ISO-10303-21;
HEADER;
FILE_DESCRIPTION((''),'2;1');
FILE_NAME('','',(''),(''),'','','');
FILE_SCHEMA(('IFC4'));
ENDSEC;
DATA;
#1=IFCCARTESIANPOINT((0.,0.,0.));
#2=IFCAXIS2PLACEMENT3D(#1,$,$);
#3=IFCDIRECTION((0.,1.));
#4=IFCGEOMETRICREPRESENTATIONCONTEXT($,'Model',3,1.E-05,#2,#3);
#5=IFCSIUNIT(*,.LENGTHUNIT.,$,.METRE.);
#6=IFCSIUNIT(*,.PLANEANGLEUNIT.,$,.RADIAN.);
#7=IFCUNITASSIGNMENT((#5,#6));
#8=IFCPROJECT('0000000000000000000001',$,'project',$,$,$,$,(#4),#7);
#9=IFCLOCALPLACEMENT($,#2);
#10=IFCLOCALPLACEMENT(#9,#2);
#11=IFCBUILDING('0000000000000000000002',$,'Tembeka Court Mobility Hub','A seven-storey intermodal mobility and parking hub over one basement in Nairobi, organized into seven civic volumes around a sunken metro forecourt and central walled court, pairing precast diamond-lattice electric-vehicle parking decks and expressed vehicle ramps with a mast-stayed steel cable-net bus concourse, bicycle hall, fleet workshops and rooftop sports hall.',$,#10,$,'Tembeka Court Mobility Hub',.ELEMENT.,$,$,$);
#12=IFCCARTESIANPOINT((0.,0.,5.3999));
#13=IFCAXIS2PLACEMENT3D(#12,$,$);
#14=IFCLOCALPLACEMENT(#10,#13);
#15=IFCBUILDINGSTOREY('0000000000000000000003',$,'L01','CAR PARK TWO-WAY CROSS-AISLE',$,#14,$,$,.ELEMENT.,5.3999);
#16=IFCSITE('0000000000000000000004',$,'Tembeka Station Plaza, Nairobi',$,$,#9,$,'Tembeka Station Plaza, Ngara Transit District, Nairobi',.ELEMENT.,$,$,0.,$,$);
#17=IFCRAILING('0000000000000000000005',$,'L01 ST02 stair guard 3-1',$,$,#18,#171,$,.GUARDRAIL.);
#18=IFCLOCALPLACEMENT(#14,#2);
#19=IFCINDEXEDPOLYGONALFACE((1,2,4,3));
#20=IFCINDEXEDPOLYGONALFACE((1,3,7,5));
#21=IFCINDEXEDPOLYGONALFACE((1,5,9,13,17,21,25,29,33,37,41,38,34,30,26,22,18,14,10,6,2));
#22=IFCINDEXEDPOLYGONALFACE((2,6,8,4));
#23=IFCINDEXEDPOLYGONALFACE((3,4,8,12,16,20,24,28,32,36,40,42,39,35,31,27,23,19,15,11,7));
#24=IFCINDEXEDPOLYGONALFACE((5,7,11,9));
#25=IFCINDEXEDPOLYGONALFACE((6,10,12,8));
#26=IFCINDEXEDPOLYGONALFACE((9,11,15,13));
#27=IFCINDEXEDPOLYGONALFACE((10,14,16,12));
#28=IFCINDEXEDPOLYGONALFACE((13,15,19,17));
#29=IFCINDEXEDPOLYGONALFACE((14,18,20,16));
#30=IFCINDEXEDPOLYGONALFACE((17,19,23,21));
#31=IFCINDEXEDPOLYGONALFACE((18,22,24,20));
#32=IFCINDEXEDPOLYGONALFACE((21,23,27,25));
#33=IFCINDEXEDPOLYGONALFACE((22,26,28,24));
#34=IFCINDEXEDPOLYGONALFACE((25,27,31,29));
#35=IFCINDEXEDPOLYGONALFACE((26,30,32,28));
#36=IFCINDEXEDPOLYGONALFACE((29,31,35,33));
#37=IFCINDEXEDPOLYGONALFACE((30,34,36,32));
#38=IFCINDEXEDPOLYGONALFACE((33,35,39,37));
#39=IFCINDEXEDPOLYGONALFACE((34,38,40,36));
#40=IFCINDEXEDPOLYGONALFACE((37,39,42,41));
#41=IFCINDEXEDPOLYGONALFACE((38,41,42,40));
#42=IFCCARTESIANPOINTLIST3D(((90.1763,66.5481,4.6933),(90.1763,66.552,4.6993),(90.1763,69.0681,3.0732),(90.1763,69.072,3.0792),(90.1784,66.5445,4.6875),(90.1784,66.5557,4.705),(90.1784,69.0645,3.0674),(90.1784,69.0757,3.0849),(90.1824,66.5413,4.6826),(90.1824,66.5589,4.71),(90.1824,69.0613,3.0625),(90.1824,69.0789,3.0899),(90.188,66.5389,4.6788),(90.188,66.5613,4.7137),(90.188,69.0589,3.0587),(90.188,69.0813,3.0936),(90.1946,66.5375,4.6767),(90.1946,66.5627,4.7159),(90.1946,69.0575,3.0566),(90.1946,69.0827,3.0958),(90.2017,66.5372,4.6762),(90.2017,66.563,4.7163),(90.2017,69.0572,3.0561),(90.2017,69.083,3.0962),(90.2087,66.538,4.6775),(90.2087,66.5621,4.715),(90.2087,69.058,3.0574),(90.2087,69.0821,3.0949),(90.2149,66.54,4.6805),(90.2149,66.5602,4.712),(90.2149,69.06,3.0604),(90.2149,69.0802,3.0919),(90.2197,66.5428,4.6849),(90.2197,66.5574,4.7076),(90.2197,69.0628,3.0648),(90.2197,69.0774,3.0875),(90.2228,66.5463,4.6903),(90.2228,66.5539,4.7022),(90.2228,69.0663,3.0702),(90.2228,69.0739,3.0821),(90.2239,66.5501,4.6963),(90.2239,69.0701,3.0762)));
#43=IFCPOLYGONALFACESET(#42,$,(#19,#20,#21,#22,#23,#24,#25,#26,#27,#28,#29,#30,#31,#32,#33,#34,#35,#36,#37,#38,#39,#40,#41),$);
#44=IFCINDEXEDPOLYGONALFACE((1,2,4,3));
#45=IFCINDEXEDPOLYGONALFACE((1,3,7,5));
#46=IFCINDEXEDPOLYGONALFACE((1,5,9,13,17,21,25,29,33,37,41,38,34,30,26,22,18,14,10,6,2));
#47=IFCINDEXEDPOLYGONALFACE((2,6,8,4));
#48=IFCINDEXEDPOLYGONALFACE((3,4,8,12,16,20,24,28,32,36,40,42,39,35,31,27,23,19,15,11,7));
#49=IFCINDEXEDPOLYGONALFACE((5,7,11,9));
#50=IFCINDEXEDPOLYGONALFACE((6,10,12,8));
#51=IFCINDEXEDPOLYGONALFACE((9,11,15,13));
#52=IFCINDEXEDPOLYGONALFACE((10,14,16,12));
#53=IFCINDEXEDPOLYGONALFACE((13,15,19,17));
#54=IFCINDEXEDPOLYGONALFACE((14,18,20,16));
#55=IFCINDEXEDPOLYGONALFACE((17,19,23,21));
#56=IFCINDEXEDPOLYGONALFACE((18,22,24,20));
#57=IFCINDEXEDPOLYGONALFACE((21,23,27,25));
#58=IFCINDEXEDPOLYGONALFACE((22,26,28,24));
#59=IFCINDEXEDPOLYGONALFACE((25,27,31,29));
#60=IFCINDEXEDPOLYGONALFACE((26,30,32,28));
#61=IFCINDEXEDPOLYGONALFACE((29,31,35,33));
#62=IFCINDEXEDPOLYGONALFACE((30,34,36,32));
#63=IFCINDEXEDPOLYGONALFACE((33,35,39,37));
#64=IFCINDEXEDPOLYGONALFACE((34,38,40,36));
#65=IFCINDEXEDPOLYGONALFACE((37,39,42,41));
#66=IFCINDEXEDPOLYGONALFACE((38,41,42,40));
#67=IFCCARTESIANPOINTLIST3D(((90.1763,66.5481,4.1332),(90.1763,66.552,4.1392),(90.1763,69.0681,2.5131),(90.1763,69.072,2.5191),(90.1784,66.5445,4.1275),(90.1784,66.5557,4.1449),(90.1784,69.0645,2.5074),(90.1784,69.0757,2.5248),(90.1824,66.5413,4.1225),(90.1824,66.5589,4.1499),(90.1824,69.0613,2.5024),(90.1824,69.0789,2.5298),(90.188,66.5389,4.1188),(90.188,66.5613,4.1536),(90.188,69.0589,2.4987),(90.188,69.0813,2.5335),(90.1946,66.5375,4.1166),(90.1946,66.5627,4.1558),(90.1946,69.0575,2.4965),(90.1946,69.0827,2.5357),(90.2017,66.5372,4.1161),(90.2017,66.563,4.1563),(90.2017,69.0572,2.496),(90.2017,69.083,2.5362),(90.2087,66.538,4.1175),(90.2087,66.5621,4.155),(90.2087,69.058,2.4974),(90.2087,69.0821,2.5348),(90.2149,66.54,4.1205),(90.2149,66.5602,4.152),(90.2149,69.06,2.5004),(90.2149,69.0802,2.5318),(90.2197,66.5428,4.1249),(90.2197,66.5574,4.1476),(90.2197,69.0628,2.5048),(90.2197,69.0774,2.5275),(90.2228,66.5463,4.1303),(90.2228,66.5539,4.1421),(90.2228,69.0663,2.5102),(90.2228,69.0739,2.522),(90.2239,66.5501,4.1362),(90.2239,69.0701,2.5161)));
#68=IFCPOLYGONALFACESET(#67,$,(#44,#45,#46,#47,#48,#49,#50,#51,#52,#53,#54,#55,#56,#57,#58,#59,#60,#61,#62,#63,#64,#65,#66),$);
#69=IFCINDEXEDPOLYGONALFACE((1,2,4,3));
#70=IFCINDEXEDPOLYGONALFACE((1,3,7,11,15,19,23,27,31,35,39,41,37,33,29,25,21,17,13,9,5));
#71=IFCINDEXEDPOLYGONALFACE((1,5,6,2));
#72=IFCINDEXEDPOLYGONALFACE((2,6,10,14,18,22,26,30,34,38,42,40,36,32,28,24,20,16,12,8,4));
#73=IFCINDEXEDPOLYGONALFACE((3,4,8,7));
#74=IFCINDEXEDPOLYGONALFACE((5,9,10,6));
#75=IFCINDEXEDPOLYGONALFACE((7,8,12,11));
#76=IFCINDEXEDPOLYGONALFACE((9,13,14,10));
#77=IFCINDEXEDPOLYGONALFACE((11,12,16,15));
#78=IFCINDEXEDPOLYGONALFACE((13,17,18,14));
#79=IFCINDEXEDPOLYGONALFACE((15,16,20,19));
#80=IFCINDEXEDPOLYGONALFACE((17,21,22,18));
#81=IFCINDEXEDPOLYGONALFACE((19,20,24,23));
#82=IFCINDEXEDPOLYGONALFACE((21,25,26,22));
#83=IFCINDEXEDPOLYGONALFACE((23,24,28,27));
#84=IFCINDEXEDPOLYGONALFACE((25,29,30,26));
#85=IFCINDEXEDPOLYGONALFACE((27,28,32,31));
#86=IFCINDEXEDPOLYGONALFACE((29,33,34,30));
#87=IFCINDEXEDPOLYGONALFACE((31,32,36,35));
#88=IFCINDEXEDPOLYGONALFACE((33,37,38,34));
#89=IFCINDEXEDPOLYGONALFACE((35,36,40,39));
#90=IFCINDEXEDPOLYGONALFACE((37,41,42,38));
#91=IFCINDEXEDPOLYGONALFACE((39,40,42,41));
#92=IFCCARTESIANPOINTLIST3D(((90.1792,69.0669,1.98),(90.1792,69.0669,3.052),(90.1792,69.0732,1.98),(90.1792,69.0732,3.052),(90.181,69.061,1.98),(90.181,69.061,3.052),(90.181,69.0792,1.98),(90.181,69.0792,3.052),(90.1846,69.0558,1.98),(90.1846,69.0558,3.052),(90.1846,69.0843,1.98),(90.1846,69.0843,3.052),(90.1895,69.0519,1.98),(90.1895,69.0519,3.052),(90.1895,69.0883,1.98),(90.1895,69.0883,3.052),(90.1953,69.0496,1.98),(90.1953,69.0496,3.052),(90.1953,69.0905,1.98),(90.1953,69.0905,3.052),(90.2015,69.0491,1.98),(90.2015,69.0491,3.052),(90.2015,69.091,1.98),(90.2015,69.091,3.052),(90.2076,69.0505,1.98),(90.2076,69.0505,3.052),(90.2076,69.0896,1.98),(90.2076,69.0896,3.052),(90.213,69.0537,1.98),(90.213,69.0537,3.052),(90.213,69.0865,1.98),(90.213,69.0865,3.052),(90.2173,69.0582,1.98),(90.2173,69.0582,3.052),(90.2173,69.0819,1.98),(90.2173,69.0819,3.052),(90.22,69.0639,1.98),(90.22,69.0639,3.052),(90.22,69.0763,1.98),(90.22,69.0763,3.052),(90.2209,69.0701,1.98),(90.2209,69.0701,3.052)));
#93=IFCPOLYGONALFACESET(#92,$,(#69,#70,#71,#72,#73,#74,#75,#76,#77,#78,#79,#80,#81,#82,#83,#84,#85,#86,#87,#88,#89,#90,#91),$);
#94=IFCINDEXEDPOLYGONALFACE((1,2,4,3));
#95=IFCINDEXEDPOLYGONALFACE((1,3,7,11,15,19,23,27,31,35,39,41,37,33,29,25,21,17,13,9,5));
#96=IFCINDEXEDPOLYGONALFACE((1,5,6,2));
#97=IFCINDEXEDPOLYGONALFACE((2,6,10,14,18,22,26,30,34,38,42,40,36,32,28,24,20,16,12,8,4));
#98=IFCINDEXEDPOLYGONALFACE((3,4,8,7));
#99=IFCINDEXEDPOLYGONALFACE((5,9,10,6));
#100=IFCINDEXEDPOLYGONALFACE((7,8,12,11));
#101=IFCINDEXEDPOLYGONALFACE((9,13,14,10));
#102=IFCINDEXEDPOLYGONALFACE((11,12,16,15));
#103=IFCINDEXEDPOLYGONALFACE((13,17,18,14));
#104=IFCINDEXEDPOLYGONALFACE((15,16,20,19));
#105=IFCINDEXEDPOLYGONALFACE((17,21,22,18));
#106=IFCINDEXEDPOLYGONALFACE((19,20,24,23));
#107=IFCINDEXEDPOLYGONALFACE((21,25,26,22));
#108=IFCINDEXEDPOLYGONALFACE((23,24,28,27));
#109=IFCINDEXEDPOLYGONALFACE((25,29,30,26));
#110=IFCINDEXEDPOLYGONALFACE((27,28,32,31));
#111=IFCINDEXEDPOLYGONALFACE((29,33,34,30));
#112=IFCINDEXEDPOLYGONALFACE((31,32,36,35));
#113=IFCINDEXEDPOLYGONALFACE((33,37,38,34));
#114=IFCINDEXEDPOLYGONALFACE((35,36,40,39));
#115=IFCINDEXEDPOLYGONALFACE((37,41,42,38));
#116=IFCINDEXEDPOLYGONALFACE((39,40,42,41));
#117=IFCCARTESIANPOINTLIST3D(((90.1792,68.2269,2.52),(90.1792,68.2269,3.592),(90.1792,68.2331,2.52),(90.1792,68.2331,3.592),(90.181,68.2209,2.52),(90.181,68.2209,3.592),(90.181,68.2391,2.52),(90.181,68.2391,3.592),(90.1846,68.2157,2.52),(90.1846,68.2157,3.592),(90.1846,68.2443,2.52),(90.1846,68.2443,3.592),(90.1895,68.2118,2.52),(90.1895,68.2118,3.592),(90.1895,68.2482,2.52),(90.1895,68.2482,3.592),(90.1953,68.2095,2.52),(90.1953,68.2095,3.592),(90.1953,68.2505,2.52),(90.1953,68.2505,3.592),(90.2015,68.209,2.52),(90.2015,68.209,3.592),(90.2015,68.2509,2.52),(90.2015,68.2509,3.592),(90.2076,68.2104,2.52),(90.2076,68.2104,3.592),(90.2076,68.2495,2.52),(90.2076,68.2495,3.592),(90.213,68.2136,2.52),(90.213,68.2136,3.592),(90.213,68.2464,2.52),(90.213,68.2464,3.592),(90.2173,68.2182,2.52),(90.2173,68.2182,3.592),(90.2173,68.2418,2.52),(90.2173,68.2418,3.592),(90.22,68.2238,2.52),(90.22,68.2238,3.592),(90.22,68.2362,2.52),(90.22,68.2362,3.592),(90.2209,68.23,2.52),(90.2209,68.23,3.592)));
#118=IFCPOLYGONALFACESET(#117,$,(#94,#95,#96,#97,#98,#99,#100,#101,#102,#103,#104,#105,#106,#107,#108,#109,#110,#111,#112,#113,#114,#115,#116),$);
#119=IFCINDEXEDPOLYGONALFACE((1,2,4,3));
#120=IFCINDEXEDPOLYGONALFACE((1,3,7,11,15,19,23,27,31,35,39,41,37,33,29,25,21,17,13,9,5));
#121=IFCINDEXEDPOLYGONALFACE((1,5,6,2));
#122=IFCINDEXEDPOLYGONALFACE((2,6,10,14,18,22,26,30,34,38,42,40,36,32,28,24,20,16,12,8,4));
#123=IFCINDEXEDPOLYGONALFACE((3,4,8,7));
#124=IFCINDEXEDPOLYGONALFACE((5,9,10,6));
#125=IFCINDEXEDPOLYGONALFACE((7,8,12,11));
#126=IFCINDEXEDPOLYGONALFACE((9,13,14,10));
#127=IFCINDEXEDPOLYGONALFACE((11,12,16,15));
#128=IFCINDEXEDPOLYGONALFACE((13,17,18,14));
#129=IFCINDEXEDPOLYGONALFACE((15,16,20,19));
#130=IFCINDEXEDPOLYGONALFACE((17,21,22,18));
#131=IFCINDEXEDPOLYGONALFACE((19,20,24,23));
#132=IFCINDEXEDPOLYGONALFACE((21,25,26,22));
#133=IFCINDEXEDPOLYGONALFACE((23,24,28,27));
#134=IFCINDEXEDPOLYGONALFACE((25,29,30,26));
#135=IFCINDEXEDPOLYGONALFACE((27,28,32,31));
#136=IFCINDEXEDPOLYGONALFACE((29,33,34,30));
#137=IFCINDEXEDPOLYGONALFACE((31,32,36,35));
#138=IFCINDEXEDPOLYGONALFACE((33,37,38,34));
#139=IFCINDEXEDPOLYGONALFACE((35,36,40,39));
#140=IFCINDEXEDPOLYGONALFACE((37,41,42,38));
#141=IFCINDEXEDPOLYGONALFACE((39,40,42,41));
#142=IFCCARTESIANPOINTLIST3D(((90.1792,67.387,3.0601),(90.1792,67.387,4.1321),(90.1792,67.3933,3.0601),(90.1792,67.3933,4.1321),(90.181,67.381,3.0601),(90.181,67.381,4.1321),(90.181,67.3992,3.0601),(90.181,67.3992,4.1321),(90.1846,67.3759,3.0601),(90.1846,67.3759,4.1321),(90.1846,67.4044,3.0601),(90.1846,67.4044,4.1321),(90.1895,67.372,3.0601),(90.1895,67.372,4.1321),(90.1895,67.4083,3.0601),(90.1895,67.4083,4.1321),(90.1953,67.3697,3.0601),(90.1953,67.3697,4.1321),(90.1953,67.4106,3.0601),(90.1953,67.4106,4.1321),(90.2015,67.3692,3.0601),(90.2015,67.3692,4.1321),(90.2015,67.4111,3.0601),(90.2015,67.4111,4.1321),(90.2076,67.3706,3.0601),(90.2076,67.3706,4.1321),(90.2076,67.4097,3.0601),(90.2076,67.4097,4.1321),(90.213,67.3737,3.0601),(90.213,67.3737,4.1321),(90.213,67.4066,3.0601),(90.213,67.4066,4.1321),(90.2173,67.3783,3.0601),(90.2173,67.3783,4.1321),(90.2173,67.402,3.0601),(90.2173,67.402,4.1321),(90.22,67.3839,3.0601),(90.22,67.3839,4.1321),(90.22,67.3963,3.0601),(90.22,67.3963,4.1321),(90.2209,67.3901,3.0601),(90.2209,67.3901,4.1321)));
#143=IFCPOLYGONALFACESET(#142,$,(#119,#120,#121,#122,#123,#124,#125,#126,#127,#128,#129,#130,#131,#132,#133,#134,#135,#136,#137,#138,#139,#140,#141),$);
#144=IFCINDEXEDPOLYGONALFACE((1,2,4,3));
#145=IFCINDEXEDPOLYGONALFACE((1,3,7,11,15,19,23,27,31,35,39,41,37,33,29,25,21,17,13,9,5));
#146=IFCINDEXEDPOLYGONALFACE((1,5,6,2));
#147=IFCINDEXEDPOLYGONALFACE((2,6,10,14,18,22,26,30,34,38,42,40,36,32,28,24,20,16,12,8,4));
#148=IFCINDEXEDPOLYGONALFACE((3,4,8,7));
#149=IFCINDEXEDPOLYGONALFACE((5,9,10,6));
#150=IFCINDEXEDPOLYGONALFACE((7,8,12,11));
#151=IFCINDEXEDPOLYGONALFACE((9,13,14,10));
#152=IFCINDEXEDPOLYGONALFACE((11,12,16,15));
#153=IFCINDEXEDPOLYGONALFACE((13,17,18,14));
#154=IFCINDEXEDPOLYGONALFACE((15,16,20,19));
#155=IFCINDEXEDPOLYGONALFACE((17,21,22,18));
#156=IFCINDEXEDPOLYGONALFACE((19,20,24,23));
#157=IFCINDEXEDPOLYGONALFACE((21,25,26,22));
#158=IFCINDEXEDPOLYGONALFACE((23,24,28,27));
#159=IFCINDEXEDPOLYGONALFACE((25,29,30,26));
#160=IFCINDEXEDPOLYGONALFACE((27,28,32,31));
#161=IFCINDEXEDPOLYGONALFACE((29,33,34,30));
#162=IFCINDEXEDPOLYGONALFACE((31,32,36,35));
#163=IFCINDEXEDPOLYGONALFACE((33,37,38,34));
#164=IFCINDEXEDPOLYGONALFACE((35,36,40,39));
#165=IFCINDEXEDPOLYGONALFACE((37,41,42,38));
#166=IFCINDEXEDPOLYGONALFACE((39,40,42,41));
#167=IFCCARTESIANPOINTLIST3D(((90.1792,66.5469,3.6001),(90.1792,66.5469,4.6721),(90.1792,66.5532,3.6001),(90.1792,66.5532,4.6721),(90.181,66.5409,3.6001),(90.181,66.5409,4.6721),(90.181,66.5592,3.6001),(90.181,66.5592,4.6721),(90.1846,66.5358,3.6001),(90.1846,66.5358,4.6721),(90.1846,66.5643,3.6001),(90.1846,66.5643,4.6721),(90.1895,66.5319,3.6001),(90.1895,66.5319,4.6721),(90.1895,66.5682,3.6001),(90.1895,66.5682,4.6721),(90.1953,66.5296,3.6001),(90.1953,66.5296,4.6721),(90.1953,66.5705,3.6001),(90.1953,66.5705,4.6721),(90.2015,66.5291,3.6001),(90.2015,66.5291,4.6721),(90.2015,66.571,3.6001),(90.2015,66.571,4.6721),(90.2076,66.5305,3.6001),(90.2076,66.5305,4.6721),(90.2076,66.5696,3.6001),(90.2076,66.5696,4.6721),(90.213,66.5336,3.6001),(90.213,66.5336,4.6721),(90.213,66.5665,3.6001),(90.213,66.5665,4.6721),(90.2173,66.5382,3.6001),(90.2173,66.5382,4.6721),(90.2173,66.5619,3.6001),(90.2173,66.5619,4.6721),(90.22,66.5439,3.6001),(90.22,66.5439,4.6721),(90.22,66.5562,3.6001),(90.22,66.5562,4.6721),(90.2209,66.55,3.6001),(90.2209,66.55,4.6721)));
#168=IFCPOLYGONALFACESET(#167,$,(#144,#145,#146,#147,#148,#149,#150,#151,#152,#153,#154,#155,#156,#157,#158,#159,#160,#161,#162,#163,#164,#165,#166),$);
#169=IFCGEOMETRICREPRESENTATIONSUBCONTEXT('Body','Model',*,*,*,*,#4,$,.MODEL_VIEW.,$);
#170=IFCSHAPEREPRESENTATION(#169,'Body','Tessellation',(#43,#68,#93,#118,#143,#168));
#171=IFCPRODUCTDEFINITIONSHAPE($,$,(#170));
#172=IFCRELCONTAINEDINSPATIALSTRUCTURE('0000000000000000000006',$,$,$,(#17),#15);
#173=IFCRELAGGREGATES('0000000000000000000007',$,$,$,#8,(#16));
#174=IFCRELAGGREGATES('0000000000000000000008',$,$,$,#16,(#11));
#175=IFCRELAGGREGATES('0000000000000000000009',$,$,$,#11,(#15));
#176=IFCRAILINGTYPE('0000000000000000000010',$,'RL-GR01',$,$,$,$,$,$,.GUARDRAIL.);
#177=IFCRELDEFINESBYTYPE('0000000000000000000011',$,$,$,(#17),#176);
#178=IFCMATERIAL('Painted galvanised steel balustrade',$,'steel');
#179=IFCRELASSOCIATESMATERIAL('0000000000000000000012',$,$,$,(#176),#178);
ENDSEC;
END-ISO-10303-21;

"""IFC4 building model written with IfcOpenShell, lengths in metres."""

from ifc_helpers import new_model, si_unit, direction, frame, origin, origin_2d, place, context, subcontext, project, spatial, circle, extrude, material, type_object, element, save


model = new_model("IFC4")

# Units and contexts
model_context = context("Model", 3, precision=1e-05, world=origin(), true_north=direction((0.0, 1.0)))
body_context = subcontext(model_context, "Body", "Model", "MODEL_VIEW")
ifc_project = project(units=[si_unit("LENGTHUNIT", "METRE"), si_unit("PLANEANGLEUNIT", "RADIAN")], contexts=[model_context])

# Site, building, storey
site_placement = place(None, origin())
site = spatial("IfcSite", under=ifc_project, at=site_placement, Name="Tembeka Station Plaza, Nairobi", LongName="Tembeka Station Plaza, Ngara Transit District, Nairobi", CompositionType="ELEMENT", RefElevation=0.0)
building_placement = place(site_placement, origin())
building = spatial("IfcBuilding", under=site, at=building_placement, Name="Tembeka Court Mobility Hub", Description="A seven-storey intermodal mobility and parking hub over one basement in Nairobi, organized into seven civic volumes around a sunken metro forecourt and central walled court, pairing precast diamond-lattice electric-vehicle parking decks and expressed vehicle ramps with a mast-stayed steel cable-net bus concourse, bicycle hall, fleet workshops and rooftop sports hall.", LongName="Tembeka Court Mobility Hub", CompositionType="ELEMENT")
storey_placement = place(building_placement, frame((0.0, 0.0, 5.3999)))
storey = spatial("IfcBuildingStorey", under=building, at=storey_placement, Name="L01", Description="CAR PARK TWO-WAY CROSS-AISLE", CompositionType="ELEMENT", Elevation=5.3999)

# Railing
ifc_material_1 = material(Name="Painted galvanised steel balustrade", Category="steel")
railing_type_1 = type_object("IfcRailingType", Name="RL-GR01", PredefinedType="GUARDRAIL", material=ifc_material_1)
railing_1_placement = place(storey_placement, frame((90.2, 69.0701, 1.98)))
element("IfcRailing", 1, at=railing_1_placement, inside=storey, type_object=railing_type_1, Name="L01 ST02 stair guard 3-1", PredefinedType="GUARDRAIL", context=body_context, shape_type="SweptSolid", body=[
    extrude(circle(Radius=0.0239, at=origin_2d()), frame((0.0, 0.0, 1.0962), z_axis=(0.0, -0.841163, 0.540782), x_axis=(1.0, 0.0, 0.0)), (0.0, 0.0, 1.0), 2.9958),
    extrude(circle(Radius=0.0239, at=origin_2d()), frame((0.0, 0.0, 0.5361), z_axis=(0.0, -0.841163, 0.540782), x_axis=(1.0, 0.0, 0.0)), (0.0, 0.0, 1.0), 2.9958),
    extrude(circle(Radius=0.021, at=origin_2d()), origin(), (0.0, 0.0, 1.0), 1.072),
    extrude(circle(Radius=0.021, at=origin_2d()), frame((0.0, -0.8401, 0.54)), (0.0, 0.0, 1.0), 1.072),
    extrude(circle(Radius=0.021, at=origin_2d()), frame((0.0, -1.6799, 1.0801)), (0.0, 0.0, 1.0), 1.072),
    extrude(circle(Radius=0.021, at=origin_2d()), frame((0.0, -2.52, 1.6201)), (0.0, 0.0, 1.0), 1.072),
])

save(model, "model.ifc")
